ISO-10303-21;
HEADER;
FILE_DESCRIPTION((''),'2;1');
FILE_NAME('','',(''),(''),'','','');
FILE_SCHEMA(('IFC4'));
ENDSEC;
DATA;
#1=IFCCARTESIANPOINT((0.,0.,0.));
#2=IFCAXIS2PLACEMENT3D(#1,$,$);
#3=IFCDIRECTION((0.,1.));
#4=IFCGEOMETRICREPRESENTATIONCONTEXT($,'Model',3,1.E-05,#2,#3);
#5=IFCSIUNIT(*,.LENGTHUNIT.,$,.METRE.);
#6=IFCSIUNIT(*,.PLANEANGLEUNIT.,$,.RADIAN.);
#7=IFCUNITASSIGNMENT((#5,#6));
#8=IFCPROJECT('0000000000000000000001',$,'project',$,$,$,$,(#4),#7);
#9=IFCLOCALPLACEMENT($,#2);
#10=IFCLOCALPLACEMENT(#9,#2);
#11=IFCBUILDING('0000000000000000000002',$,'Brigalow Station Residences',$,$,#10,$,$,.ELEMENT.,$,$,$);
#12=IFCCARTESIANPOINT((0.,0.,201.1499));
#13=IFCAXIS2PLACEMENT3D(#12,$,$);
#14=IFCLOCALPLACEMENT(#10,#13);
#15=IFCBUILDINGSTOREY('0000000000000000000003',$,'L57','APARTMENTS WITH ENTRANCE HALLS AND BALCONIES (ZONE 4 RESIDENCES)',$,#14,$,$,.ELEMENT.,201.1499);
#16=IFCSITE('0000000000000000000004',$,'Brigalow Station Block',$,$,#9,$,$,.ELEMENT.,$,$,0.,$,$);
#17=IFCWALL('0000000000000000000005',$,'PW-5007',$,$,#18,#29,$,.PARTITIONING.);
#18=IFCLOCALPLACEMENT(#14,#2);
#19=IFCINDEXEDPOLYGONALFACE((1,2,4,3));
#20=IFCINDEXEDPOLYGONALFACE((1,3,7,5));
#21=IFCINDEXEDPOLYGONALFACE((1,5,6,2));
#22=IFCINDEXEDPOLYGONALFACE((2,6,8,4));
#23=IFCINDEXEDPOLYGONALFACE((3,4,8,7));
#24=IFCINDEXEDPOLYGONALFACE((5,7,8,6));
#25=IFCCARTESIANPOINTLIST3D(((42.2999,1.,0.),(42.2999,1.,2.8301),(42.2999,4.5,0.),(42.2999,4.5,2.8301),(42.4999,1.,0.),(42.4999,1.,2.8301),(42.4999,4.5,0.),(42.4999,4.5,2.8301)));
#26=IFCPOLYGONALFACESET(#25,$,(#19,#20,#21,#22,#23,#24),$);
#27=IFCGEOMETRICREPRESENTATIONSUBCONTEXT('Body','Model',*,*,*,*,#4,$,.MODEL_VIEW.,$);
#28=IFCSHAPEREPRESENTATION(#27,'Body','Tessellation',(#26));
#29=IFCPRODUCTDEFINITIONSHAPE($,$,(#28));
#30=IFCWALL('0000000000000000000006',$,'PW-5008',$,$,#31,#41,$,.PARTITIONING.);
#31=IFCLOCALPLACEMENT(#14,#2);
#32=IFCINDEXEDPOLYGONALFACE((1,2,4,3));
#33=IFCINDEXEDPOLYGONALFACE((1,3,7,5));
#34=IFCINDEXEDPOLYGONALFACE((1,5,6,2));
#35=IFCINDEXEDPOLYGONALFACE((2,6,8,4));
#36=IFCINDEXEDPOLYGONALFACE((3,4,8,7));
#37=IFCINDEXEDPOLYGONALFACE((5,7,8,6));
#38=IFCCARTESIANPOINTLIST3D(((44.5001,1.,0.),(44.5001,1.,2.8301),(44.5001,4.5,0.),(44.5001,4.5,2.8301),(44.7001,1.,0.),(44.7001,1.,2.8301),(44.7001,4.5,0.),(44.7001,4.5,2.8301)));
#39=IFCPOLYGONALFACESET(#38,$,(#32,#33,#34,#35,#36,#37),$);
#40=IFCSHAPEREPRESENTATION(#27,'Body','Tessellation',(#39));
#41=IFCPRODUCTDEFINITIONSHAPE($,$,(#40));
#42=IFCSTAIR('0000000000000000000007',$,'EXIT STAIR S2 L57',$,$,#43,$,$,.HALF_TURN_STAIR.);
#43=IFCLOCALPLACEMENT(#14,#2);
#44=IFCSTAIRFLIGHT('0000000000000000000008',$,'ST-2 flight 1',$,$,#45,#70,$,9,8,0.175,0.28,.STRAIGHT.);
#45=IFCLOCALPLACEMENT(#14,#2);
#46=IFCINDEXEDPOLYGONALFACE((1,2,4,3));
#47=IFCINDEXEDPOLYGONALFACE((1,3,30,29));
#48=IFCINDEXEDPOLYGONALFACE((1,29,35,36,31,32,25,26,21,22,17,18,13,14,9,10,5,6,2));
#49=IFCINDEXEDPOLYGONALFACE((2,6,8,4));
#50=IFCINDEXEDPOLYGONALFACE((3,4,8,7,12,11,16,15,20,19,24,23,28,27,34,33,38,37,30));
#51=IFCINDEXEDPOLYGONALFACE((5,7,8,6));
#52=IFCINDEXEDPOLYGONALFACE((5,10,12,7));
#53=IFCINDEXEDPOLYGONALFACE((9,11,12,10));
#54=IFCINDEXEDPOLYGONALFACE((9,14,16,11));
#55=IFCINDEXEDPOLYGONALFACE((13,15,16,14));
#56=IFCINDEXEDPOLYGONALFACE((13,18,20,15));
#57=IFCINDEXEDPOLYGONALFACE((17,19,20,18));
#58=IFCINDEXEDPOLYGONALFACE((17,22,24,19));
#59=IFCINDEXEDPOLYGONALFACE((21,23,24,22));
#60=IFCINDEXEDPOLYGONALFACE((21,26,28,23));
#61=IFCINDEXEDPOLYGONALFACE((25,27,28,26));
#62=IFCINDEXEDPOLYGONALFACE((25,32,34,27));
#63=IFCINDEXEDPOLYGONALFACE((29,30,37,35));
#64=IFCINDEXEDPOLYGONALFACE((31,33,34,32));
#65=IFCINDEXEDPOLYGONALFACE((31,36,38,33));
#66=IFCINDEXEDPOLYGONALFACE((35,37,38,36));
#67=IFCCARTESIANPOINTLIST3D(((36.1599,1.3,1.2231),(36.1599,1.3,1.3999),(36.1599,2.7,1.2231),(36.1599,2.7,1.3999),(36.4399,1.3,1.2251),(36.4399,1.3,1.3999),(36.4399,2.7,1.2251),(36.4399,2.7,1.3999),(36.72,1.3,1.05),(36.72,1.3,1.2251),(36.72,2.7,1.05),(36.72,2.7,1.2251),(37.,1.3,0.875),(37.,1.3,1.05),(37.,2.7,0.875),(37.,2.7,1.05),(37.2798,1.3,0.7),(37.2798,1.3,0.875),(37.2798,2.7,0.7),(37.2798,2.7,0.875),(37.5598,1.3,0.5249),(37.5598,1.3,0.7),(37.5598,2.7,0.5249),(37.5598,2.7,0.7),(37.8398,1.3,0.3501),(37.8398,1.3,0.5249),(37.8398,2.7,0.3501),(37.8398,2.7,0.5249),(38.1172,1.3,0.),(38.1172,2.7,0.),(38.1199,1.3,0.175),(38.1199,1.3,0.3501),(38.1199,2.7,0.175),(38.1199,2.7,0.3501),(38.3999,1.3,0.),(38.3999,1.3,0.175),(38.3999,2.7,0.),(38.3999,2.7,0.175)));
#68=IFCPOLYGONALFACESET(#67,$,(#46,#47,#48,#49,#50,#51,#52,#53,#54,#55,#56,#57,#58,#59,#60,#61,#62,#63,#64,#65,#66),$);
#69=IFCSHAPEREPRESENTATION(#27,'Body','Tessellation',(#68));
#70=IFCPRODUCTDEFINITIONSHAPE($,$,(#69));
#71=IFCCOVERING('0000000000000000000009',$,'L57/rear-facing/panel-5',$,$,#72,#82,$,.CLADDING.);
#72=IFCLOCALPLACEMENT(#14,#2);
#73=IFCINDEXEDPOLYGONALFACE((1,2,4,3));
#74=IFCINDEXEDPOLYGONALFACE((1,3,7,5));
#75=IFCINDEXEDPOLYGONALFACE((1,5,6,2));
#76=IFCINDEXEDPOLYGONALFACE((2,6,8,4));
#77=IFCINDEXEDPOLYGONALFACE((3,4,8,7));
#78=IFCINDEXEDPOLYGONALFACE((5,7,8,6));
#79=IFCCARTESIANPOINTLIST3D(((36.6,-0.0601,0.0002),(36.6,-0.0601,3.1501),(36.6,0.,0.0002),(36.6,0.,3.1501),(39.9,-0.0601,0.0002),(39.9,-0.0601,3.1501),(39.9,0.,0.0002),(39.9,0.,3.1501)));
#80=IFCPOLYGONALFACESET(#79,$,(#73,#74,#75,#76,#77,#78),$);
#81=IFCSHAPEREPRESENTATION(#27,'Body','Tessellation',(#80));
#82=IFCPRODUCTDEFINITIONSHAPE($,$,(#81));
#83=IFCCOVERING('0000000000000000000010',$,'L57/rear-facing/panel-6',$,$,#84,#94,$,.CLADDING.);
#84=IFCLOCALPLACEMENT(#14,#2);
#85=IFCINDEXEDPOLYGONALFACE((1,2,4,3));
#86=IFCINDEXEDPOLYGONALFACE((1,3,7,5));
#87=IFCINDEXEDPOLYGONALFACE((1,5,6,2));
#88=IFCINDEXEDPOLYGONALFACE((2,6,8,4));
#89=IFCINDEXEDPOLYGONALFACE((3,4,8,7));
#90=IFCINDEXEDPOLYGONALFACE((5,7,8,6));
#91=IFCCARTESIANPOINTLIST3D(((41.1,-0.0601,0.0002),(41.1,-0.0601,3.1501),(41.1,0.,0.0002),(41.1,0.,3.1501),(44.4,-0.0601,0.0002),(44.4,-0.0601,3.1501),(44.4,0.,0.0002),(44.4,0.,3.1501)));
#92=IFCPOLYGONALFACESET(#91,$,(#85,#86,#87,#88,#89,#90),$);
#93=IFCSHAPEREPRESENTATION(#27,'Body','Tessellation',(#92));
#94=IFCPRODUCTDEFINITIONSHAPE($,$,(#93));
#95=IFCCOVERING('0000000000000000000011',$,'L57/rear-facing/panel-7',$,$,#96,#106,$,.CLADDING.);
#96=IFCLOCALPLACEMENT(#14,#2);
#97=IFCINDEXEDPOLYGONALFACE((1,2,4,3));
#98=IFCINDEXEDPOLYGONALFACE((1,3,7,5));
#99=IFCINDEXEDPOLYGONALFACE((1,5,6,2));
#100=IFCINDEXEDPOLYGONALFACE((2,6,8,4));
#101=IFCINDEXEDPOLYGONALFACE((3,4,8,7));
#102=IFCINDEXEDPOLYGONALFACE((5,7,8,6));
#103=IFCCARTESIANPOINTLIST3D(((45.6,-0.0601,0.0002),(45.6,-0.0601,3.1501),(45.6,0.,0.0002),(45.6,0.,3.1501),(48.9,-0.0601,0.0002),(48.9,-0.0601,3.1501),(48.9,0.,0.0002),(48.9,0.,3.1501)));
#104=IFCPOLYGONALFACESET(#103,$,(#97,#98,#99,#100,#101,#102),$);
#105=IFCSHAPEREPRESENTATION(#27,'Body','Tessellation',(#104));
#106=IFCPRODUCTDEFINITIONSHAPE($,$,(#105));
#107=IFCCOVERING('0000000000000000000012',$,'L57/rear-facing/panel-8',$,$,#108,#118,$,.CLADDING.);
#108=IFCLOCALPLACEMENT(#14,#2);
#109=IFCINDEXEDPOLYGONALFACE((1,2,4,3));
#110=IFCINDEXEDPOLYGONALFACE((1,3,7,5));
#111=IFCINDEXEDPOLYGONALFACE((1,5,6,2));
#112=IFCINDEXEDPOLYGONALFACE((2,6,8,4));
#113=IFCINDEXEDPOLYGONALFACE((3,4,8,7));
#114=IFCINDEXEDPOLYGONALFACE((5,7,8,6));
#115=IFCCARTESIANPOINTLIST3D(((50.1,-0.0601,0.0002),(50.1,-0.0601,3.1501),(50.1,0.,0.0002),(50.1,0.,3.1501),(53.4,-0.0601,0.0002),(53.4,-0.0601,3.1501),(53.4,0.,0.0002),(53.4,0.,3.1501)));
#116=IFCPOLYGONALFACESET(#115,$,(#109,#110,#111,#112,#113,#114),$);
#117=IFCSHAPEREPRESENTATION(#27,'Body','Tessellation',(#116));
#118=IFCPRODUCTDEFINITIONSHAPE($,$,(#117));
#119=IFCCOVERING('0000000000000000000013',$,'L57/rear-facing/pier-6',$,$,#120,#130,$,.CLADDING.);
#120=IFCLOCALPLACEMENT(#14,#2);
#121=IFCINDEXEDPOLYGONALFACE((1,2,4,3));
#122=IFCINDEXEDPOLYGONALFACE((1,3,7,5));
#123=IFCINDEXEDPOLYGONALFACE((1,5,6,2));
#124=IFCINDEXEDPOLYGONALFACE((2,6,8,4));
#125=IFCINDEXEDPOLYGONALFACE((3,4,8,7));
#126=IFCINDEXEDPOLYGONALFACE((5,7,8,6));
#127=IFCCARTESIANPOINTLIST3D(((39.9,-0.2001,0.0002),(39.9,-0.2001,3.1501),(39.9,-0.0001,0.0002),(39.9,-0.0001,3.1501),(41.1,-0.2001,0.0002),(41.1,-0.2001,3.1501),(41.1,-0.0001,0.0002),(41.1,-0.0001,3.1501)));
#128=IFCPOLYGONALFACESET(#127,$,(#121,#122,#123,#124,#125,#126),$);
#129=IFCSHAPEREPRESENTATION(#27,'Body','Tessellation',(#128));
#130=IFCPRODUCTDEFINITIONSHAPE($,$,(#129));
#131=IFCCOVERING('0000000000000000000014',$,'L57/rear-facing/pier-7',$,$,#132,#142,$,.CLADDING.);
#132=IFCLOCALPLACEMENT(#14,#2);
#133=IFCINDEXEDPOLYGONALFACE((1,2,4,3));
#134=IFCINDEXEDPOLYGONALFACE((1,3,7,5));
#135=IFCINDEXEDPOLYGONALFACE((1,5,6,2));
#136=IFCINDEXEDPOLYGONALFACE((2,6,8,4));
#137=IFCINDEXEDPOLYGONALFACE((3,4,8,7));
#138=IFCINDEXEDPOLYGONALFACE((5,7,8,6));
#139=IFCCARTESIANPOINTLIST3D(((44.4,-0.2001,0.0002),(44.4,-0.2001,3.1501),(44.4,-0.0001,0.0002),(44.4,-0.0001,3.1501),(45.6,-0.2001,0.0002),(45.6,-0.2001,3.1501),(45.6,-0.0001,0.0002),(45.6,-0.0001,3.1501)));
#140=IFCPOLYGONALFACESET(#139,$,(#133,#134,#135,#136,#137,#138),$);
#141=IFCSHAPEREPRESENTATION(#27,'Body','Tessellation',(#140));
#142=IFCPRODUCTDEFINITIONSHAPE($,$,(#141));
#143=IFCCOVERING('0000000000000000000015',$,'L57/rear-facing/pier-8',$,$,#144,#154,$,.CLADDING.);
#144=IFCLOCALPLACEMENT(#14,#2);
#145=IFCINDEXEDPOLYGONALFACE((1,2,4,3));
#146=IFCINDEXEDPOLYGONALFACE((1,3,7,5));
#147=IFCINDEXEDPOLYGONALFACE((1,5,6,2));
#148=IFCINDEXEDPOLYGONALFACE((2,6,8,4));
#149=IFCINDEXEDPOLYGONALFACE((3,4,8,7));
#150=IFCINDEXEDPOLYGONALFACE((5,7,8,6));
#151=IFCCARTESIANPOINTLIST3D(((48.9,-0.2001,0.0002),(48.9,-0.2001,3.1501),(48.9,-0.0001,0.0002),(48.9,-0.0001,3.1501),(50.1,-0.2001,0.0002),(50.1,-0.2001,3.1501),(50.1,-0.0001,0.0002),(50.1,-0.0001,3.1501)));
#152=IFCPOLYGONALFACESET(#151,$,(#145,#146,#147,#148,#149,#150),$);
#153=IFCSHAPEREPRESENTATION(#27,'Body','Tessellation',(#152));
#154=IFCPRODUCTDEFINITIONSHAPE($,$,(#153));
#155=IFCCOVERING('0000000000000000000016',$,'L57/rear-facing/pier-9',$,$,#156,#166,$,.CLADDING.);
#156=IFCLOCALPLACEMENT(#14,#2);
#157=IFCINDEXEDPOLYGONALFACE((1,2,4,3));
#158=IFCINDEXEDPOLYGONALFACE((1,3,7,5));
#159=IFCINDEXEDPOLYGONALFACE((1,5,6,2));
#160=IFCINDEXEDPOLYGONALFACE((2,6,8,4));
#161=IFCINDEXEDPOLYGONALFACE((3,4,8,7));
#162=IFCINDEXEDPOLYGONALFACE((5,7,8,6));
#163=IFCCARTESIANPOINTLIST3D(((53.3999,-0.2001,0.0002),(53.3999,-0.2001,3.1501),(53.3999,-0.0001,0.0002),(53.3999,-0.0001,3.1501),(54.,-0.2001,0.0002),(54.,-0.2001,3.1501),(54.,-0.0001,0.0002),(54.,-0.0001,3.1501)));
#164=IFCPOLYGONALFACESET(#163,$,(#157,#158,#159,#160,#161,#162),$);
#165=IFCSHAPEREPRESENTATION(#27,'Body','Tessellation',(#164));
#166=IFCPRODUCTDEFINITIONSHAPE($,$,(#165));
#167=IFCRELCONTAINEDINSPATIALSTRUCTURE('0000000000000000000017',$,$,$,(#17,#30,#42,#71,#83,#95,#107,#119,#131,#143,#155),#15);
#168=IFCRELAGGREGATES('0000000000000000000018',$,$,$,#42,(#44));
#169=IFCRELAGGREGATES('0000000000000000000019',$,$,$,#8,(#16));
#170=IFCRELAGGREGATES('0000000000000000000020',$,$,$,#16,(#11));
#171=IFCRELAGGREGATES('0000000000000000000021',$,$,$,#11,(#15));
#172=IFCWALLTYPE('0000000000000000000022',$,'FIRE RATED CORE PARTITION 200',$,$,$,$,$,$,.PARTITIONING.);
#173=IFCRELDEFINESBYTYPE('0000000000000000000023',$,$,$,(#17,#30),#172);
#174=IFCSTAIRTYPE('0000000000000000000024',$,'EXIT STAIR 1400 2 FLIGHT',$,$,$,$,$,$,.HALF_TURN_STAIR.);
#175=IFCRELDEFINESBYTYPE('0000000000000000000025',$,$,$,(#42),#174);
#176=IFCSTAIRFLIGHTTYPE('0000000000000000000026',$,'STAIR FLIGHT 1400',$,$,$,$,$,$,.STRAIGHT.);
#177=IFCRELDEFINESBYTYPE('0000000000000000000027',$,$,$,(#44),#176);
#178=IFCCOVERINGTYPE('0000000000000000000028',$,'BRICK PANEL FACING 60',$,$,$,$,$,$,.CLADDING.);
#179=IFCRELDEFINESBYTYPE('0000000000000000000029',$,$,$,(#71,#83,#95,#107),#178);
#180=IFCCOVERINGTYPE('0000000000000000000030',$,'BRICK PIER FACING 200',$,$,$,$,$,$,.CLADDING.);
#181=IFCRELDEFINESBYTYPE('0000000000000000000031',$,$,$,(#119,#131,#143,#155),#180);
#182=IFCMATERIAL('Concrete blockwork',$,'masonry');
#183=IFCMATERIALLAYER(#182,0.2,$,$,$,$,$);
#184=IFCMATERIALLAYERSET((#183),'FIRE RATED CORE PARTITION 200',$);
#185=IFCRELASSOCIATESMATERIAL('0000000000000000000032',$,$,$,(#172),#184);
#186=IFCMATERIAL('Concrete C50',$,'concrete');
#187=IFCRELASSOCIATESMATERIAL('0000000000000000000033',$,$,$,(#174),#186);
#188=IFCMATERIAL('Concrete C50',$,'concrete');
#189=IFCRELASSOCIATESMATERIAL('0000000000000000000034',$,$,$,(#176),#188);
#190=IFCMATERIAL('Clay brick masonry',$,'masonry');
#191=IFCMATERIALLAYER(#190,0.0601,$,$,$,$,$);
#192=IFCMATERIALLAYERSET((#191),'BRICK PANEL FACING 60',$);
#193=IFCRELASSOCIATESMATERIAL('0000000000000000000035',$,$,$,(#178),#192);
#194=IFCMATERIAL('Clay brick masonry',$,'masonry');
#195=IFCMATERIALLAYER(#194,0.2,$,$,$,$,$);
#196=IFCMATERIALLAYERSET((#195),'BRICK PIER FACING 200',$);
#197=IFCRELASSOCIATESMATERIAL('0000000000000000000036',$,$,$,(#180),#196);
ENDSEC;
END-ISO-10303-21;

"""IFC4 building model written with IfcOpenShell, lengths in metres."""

from ifc_helpers import new_model, si_unit, direction, frame, frame_2d, origin, origin_2d, place, context, subcontext, project, spatial, polyline, rectangle, outline, extrude, material, layer, layer_set, type_object, element, aggregate, save


model = new_model("IFC4")

# Units and contexts
model_context = context("Model", 3, precision=1e-05, world=origin(), true_north=direction((0.0, 1.0)))
body_context = subcontext(model_context, "Body", "Model", "MODEL_VIEW")
ifc_project = project(units=[si_unit("LENGTHUNIT", "METRE"), si_unit("PLANEANGLEUNIT", "RADIAN")], contexts=[model_context])

# Site, building, storey
site_placement = place(None, origin())
site = spatial("IfcSite", under=ifc_project, at=site_placement, Name="Brigalow Station Block", CompositionType="ELEMENT", RefElevation=0.0)
building_placement = place(site_placement, origin())
building = spatial("IfcBuilding", under=site, at=building_placement, Name="Brigalow Station Residences", CompositionType="ELEMENT")
storey_placement = place(building_placement, frame((0.0, 0.0, 201.1499)))
storey = spatial("IfcBuildingStorey", under=building, at=storey_placement, Name="L57", Description="APARTMENTS WITH ENTRANCE HALLS AND BALCONIES (ZONE 4 RESIDENCES)", CompositionType="ELEMENT", Elevation=201.1499)

# Walls
ifc_material_1 = material(Name="Concrete blockwork", Category="masonry")
ifc_layer_1 = layer(ifc_material_1, 0.2)
ifc_layer_set_1 = layer_set([ifc_layer_1], Name="FIRE RATED CORE PARTITION 200")
wall_type_1 = type_object("IfcWallType", Name="FIRE RATED CORE PARTITION 200", PredefinedType="PARTITIONING", material=ifc_layer_set_1)
for number, where, z_axis, x_axis, name in (
    (1, (42.3999, 1.0, 0.0), (0.0, 0.0, 1.0), (0.0, 1.0, 0.0), "PW-5007"),
    (2, (44.6001, 1.0, 0.0), (0.0, 0.0, 1.0), (0.0, 1.0, 0.0), "PW-5008"),
):
    element("IfcWall", number, at=place(storey_placement, frame(where, z_axis=z_axis, x_axis=x_axis)), inside=storey, type_object=wall_type_1, Name=name, PredefinedType="PARTITIONING", context=body_context, shape_type="SweptSolid", body=[
        extrude(rectangle(XDim=3.5, YDim=0.2, at=frame_2d((1.75, 0.0))), origin(), (0.0, 0.0, 1.0), 2.8301),
    ])

# Stair, stair flight
ifc_material_2 = material(Name="Concrete C50", Category="concrete")
stair_type = type_object("IfcStairType", Name="EXIT STAIR 1400 2 FLIGHT", PredefinedType="HALF_TURN_STAIR", material=ifc_material_2)
stair_placement = place(storey_placement, origin())
stair = element("IfcStair", 3, at=stair_placement, inside=storey, type_object=stair_type, Name="EXIT STAIR S2 L57", PredefinedType="HALF_TURN_STAIR")
ifc_material_3 = material(Name="Concrete C50", Category="concrete")
stair_flight_type = type_object("IfcStairFlightType", Name="STAIR FLIGHT 1400", PredefinedType="STRAIGHT", material=ifc_material_3)
stair_flight_placement = place(storey_placement, frame((38.3999, 2.0, 0.0), z_axis=(0.0, 0.0, 1.0), x_axis=(-1.0, 0.0, 0.0)))
stair_flight = element("IfcStairFlight", 4, at=stair_flight_placement, type_object=stair_flight_type, Name="ST-2 flight 1", NumberOfRisers=9, NumberOfTreads=8, PredefinedType="STRAIGHT", RiserHeight=0.175, TreadLength=0.28, context=body_context, shape_type="SweptSolid", body=[
    extrude(outline(polyline([(0.0, 0.0), (0.0, 0.175), (0.28, 0.175), (0.28, 0.3501), (0.5601, 0.3501), (0.5601, 0.5249), (0.8401, 0.5249), (0.8401, 0.7), (1.1201, 0.7), (1.1201, 0.875), (1.3999, 0.875), (1.3999, 1.05), (1.6799, 1.05), (1.6799, 1.2251), (1.96, 1.2251), (1.96, 1.3999), (2.24, 1.3999), (2.24, 1.575), (2.24, 1.2231), (0.2827, 0.0), (0.0, 0.0)])), frame((0.0, 0.7, 0.0), z_axis=(0.0, -1.0, 0.0), x_axis=(1.0, 0.0, 0.0)), (0.0, 0.0, 1.0), 1.3999),
])
aggregate(stair, [stair_flight])

# Coverings
ifc_material_4 = material(Name="Clay brick masonry", Category="masonry")
ifc_layer_2 = layer(ifc_material_4, 0.0601)
ifc_layer_set_2 = layer_set([ifc_layer_2], Name="BRICK PANEL FACING 60")
covering_type_1 = type_object("IfcCoveringType", Name="BRICK PANEL FACING 60", PredefinedType="CLADDING", material=ifc_layer_set_2)
for number, where, z_axis, x_axis, name in (
    (5, (38.25, -0.03, 0.0002), (0.0, 0.0, 1.0), (1.0, 0.0, 0.0), "L57/rear-facing/panel-5"),
    (6, (42.75, -0.03, 0.0002), (0.0, 0.0, 1.0), (1.0, 0.0, 0.0), "L57/rear-facing/panel-6"),
    (7, (47.25, -0.03, 0.0002), (0.0, 0.0, 1.0), (1.0, 0.0, 0.0), "L57/rear-facing/panel-7"),
    (8, (51.75, -0.03, 0.0002), (0.0, 0.0, 1.0), (1.0, 0.0, 0.0), "L57/rear-facing/panel-8"),
):
    element("IfcCovering", number, at=place(storey_placement, frame(where, z_axis=z_axis, x_axis=x_axis)), inside=storey, type_object=covering_type_1, Name=name, PredefinedType="CLADDING", context=body_context, shape_type="SweptSolid", body=[
        extrude(rectangle(XDim=3.3, YDim=0.0601, at=origin_2d()), origin(), (0.0, 0.0, 1.0), 3.1499),
    ])
ifc_material_5 = material(Name="Clay brick masonry", Category="masonry")
ifc_layer_3 = layer(ifc_material_5, 0.2)
ifc_layer_set_3 = layer_set([ifc_layer_3], Name="BRICK PIER FACING 200")
covering_type_2 = type_object("IfcCoveringType", Name="BRICK PIER FACING 200", PredefinedType="CLADDING", material=ifc_layer_set_3)
for number, where, z_axis, x_axis, name in (
    (9, (40.5, -0.1001, 0.0002), (0.0, 0.0, 1.0), (1.0, 0.0, 0.0), "L57/rear-facing/pier-6"),
    (10, (45.0, -0.1001, 0.0002), (0.0, 0.0, 1.0), (1.0, 0.0, 0.0), "L57/rear-facing/pier-7"),
    (11, (49.5, -0.1001, 0.0002), (0.0, 0.0, 1.0), (1.0, 0.0, 0.0), "L57/rear-facing/pier-8"),
):
    element("IfcCovering", number, at=place(storey_placement, frame(where, z_axis=z_axis, x_axis=x_axis)), inside=storey, type_object=covering_type_2, Name=name, PredefinedType="CLADDING", context=body_context, shape_type="SweptSolid", body=[
        extrude(rectangle(XDim=1.2, YDim=0.2, at=origin_2d()), origin(), (0.0, 0.0, 1.0), 3.1499),
    ])
covering_placement = place(storey_placement, frame((53.7, -0.1001, 0.0002), z_axis=(0.0, 0.0, 1.0), x_axis=(1.0, 0.0, 0.0)))
element("IfcCovering", 12, at=covering_placement, inside=storey, type_object=covering_type_2, Name="L57/rear-facing/pier-9", PredefinedType="CLADDING", context=body_context, shape_type="SweptSolid", body=[
    extrude(rectangle(XDim=0.6001, YDim=0.2, at=origin_2d()), origin(), (0.0, 0.0, 1.0), 3.1499),
])

save(model, "model.ifc")
